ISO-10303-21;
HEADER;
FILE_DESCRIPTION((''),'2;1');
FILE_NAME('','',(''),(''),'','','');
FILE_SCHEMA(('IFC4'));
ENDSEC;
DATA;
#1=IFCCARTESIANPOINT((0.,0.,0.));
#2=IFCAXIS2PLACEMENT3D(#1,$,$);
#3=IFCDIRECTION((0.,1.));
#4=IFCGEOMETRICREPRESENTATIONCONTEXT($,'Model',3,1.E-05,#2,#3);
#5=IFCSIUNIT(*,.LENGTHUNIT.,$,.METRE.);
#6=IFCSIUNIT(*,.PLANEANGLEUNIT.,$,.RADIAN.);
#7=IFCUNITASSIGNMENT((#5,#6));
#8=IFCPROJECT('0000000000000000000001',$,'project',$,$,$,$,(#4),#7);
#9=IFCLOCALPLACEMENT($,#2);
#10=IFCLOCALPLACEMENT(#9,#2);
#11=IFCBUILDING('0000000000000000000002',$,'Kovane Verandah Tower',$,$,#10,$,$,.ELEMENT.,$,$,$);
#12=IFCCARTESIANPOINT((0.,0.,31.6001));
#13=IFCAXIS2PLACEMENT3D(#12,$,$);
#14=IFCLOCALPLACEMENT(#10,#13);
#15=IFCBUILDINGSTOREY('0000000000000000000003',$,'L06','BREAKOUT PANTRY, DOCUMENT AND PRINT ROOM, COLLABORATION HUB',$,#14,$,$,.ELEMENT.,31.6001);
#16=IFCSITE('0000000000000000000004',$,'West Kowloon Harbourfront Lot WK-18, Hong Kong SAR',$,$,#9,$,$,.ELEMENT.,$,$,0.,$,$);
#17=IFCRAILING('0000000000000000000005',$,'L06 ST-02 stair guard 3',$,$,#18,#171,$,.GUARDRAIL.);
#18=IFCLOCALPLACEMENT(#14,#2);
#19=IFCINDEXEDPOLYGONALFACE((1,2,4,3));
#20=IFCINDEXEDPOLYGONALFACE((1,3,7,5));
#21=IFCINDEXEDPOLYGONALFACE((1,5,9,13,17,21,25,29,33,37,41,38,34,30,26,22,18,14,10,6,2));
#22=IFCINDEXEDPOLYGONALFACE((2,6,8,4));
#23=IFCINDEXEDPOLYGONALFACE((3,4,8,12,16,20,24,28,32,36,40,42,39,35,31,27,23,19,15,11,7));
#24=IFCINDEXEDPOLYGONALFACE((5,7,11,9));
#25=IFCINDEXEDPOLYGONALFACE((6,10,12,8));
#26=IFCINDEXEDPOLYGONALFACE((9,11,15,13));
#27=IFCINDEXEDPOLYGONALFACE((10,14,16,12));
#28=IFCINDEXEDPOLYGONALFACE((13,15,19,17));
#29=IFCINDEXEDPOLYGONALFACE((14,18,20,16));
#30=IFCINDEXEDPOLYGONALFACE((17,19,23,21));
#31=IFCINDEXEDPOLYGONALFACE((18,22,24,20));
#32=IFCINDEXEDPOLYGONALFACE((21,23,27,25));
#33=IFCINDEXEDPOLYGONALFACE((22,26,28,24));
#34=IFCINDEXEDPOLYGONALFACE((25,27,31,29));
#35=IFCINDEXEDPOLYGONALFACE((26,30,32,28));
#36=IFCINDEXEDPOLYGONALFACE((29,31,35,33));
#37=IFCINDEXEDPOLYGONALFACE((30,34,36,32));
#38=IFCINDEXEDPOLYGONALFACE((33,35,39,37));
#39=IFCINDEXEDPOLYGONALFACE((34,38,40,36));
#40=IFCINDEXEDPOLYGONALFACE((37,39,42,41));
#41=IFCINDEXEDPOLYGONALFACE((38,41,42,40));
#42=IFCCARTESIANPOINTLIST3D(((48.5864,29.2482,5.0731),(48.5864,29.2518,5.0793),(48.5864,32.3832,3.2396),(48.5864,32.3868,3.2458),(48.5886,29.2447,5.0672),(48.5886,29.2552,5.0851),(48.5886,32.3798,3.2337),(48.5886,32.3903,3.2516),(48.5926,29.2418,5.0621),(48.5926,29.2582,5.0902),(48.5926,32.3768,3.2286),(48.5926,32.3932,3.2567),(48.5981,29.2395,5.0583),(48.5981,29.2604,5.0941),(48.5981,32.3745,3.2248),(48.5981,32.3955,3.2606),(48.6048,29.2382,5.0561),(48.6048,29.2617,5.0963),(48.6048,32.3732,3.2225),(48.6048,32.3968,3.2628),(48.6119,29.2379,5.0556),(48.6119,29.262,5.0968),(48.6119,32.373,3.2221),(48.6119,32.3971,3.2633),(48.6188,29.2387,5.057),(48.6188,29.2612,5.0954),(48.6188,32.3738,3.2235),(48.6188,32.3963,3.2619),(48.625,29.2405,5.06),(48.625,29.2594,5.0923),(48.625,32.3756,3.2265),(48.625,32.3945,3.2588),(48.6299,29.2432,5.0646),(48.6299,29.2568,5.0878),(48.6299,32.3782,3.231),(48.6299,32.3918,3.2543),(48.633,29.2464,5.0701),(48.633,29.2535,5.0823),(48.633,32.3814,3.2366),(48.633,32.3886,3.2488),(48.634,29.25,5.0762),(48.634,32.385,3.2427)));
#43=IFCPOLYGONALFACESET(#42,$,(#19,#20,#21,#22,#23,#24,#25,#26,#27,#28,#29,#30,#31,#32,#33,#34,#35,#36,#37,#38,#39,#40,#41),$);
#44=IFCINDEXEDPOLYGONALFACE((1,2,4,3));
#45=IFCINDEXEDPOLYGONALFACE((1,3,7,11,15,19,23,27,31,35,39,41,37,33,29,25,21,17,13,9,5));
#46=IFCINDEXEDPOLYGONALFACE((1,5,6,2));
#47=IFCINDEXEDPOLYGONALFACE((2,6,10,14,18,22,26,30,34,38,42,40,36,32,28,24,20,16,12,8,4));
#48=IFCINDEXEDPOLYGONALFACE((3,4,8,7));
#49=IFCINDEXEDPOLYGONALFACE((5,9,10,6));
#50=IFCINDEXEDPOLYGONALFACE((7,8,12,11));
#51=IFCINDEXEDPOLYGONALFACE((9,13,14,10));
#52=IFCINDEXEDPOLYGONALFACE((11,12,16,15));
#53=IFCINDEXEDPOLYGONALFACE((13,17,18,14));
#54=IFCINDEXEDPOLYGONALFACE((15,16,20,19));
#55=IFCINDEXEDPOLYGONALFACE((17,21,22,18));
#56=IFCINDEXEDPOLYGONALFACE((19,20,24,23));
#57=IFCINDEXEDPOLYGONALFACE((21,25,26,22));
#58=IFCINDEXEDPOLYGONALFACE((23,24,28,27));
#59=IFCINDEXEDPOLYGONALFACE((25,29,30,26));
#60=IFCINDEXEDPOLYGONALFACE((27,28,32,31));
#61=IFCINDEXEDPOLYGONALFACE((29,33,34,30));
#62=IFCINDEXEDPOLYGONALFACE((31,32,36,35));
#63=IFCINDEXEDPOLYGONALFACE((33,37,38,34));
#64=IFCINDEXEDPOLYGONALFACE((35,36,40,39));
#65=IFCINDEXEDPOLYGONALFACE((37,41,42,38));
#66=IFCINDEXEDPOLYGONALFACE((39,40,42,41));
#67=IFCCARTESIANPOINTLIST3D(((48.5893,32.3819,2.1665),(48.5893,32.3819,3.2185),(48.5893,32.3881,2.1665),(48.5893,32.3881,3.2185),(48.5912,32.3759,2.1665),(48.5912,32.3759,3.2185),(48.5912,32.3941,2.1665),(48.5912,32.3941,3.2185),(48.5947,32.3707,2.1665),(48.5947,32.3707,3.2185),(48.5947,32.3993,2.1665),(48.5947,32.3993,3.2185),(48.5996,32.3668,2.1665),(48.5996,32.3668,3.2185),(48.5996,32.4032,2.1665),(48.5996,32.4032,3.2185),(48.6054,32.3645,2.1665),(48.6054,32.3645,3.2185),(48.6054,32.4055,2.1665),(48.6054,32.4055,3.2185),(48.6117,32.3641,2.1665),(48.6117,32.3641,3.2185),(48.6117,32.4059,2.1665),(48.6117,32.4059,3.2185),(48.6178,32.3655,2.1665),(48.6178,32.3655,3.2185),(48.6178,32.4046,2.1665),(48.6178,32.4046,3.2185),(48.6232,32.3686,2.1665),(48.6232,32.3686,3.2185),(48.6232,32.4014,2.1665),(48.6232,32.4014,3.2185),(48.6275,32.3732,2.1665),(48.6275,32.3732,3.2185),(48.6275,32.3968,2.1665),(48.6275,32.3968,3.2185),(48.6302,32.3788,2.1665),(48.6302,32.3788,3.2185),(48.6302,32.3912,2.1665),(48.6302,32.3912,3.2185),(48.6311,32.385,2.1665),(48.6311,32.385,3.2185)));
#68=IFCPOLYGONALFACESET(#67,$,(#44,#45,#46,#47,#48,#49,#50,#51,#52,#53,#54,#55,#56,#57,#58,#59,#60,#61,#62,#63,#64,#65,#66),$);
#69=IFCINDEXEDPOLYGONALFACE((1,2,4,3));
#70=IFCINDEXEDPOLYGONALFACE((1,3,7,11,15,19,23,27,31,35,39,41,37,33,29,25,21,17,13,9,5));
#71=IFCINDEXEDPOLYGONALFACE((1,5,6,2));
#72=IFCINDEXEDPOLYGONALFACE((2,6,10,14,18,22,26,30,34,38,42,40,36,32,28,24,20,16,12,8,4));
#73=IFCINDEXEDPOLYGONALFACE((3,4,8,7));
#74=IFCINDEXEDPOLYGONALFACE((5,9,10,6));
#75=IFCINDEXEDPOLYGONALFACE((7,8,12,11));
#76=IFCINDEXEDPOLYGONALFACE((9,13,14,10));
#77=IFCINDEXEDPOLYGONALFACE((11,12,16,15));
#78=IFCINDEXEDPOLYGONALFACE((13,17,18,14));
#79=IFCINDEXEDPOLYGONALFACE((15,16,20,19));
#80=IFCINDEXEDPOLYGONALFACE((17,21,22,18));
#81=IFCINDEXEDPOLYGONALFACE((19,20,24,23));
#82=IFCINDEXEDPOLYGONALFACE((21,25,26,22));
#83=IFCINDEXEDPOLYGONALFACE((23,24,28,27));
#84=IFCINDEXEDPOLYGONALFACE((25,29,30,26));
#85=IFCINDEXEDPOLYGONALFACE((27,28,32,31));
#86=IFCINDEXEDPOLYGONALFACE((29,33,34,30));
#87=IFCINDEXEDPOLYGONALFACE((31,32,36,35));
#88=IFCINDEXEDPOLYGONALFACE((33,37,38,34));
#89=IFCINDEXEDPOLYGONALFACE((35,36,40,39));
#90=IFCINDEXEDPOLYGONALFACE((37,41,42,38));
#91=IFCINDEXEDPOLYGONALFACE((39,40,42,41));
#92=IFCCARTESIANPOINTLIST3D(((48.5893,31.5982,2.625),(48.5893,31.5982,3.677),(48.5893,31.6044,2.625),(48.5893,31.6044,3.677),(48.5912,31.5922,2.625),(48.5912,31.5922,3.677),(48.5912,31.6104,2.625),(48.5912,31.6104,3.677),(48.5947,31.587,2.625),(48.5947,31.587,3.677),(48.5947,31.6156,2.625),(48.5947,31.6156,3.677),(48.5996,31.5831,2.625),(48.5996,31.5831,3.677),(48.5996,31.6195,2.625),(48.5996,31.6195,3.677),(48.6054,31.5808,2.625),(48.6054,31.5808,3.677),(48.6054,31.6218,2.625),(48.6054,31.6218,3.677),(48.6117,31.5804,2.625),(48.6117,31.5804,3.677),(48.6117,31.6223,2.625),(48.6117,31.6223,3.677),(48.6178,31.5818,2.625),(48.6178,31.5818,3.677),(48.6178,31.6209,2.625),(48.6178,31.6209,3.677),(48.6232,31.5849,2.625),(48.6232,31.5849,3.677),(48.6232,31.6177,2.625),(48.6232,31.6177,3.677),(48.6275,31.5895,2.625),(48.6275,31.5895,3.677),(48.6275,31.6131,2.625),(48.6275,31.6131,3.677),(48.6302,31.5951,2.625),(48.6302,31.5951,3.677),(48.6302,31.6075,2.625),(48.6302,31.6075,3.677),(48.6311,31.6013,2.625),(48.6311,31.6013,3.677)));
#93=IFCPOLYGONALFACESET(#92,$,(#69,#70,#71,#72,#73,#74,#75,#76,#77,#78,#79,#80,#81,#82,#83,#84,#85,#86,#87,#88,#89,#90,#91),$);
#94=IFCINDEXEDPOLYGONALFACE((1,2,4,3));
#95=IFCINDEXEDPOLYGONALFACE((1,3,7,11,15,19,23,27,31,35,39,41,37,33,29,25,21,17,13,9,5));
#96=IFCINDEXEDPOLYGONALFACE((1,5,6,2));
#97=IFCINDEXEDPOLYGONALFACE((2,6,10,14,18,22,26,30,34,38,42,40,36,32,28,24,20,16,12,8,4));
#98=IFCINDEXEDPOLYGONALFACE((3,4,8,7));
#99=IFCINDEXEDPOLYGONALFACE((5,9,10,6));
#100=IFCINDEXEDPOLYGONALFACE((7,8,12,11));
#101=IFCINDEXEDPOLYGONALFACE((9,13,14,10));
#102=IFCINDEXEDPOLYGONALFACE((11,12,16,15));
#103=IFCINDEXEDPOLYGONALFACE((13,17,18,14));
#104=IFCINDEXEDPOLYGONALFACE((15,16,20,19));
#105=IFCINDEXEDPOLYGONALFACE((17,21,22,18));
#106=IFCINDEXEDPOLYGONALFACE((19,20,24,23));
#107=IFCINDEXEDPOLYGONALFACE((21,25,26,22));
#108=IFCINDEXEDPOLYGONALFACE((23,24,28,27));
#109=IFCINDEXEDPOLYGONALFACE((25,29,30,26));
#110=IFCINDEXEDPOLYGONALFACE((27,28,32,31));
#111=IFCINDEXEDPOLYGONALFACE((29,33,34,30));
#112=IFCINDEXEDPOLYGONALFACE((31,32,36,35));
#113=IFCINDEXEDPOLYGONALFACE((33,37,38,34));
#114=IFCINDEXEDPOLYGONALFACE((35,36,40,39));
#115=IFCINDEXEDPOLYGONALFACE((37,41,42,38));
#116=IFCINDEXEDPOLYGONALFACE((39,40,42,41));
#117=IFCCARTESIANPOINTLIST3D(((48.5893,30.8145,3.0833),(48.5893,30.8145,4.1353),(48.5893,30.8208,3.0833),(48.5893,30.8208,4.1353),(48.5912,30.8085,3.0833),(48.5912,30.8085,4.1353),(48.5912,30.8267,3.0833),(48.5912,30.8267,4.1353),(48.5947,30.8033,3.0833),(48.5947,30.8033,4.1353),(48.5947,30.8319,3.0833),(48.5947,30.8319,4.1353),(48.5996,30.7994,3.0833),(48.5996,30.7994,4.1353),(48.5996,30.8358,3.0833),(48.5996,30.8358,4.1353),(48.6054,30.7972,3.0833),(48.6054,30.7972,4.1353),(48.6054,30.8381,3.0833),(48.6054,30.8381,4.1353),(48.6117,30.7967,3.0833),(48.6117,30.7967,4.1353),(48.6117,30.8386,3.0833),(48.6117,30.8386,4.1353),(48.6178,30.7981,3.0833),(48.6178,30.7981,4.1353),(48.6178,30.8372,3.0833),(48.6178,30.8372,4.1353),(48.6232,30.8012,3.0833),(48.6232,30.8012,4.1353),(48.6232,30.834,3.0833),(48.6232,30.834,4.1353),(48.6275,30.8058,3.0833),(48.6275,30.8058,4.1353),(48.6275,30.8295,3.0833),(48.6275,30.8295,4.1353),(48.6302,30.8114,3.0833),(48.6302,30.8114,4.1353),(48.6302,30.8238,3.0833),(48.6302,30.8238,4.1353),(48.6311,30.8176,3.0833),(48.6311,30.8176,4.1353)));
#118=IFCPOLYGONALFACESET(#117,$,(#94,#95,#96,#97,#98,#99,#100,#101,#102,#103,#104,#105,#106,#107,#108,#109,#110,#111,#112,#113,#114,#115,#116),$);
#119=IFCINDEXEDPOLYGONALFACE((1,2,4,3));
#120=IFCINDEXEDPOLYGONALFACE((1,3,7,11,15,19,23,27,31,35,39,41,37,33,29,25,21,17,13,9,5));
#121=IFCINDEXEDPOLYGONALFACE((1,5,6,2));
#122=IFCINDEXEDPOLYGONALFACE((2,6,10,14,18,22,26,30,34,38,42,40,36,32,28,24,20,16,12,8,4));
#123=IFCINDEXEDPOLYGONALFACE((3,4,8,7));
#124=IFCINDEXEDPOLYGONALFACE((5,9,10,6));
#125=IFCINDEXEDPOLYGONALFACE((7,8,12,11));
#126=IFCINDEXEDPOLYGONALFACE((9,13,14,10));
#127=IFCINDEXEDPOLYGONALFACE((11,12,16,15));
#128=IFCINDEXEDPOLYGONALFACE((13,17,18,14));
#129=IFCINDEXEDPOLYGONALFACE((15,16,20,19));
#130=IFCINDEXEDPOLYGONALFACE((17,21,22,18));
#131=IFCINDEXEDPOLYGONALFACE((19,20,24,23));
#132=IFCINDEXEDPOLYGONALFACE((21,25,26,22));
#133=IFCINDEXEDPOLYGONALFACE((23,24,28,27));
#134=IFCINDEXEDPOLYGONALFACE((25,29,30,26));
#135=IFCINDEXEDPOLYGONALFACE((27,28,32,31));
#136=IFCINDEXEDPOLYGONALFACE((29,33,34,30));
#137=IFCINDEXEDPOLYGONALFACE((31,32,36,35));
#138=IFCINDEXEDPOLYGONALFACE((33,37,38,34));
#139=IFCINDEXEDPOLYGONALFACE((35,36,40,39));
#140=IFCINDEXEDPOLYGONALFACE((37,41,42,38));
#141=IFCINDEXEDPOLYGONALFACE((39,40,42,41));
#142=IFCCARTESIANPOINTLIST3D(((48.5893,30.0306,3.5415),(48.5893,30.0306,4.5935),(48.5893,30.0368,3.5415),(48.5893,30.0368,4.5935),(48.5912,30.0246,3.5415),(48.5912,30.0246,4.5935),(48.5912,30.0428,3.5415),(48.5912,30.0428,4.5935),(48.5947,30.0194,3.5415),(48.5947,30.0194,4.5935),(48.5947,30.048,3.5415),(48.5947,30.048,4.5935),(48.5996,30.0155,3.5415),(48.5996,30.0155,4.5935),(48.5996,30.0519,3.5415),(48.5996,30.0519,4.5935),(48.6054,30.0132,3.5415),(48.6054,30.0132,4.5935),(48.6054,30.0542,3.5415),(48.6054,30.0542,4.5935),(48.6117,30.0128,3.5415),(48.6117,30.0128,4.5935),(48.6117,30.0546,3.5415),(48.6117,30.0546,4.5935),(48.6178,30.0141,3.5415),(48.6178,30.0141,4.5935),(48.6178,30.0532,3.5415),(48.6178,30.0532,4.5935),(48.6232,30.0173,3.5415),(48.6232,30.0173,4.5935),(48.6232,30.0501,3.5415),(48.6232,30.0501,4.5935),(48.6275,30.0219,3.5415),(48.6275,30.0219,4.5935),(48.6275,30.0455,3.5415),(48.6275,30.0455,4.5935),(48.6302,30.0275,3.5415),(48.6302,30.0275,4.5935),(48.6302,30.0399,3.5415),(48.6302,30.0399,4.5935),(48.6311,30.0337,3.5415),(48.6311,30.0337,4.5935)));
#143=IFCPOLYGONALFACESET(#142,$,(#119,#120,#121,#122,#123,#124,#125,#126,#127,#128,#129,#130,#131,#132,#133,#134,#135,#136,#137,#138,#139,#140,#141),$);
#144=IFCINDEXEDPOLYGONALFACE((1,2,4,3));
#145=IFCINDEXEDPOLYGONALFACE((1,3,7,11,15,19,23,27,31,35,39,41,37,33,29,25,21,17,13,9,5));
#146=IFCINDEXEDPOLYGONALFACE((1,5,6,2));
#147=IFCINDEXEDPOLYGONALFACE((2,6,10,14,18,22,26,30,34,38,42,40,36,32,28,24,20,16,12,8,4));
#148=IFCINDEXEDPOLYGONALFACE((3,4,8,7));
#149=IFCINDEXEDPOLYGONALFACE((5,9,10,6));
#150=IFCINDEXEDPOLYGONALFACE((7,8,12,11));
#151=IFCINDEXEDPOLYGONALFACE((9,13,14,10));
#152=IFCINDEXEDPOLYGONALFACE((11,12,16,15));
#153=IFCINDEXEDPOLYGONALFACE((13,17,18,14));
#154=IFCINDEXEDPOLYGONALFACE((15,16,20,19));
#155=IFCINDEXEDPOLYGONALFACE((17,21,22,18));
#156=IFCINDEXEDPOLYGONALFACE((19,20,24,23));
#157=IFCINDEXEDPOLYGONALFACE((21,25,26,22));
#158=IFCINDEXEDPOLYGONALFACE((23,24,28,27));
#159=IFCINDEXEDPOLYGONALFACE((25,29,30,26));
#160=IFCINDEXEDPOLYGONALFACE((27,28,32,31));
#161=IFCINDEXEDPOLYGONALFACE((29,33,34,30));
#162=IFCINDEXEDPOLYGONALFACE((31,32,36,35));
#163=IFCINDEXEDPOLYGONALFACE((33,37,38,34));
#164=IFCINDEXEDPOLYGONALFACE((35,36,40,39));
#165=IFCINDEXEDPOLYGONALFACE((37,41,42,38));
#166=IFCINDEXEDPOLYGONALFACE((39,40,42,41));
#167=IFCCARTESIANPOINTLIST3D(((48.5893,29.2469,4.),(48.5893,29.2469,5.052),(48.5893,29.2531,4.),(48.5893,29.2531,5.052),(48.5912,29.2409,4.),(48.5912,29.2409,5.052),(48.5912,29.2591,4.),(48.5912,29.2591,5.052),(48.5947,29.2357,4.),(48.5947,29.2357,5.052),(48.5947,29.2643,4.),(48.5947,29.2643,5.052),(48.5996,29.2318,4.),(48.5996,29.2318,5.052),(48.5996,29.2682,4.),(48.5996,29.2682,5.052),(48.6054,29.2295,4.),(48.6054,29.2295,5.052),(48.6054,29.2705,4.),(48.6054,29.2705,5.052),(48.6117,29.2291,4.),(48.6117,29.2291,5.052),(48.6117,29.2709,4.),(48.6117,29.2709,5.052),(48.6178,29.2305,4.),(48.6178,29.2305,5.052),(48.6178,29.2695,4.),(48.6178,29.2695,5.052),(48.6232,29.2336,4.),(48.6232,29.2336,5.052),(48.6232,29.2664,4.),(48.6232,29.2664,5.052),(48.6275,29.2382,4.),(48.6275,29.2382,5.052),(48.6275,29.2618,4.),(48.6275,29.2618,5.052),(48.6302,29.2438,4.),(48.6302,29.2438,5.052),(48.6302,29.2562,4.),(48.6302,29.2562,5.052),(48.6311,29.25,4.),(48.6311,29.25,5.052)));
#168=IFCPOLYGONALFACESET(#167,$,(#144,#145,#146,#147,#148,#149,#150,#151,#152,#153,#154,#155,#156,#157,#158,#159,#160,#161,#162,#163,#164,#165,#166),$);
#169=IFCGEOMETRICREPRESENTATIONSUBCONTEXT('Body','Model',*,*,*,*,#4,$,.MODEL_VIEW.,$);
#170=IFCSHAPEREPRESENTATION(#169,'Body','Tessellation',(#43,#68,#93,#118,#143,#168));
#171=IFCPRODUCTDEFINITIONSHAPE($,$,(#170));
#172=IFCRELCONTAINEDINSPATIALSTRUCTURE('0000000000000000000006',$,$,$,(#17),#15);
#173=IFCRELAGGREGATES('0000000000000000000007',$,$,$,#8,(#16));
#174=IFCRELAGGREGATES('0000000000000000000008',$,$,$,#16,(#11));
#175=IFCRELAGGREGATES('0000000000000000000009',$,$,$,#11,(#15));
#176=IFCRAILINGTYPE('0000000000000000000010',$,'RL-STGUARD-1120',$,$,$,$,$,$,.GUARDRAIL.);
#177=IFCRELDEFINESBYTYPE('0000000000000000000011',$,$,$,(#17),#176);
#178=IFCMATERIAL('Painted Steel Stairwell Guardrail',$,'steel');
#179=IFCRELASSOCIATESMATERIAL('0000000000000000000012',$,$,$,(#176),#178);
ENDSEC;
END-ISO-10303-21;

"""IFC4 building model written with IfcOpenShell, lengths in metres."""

from ifc_helpers import new_model, si_unit, direction, frame, origin, origin_2d, place, context, subcontext, project, spatial, circle, extrude, material, type_object, element, save


model = new_model("IFC4")

# Units and contexts
model_context = context("Model", 3, precision=1e-05, world=origin(), true_north=direction((0.0, 1.0)))
body_context = subcontext(model_context, "Body", "Model", "MODEL_VIEW")
ifc_project = project(units=[si_unit("LENGTHUNIT", "METRE"), si_unit("PLANEANGLEUNIT", "RADIAN")], contexts=[model_context])

# Site, building, storey
site_placement = place(None, origin())
site = spatial("IfcSite", under=ifc_project, at=site_placement, Name="West Kowloon Harbourfront Lot WK-18, Hong Kong SAR", CompositionType="ELEMENT", RefElevation=0.0)
building_placement = place(site_placement, origin())
building = spatial("IfcBuilding", under=site, at=building_placement, Name="Kovane Verandah Tower", CompositionType="ELEMENT")
storey_placement = place(building_placement, frame((0.0, 0.0, 31.6001)))
storey = spatial("IfcBuildingStorey", under=building, at=storey_placement, Name="L06", Description="BREAKOUT PANTRY, DOCUMENT AND PRINT ROOM, COLLABORATION HUB", CompositionType="ELEMENT", Elevation=31.6001)

# Railing
ifc_material_1 = material(Name="Painted Steel Stairwell Guardrail", Category="steel")
railing_type_1 = type_object("IfcRailingType", Name="RL-STGUARD-1120", PredefinedType="GUARDRAIL", material=ifc_material_1)
railing_1_placement = place(storey_placement, frame((48.6101, 32.385, 2.1665)))
element("IfcRailing", 1, at=railing_1_placement, inside=storey, type_object=railing_type_1, Name="L06 ST-02 stair guard 3", PredefinedType="GUARDRAIL", context=body_context, shape_type="SweptSolid", body=[
    extrude(circle(Radius=0.0239, at=origin_2d()), frame((0.0, 0.0, 1.0762), z_axis=(0.0, -0.86321, 0.504845), x_axis=(1.0, 0.0, 0.0)), (0.0, 0.0, 1.0), 3.6318),
    extrude(circle(Radius=0.021, at=origin_2d()), origin(), (0.0, 0.0, 1.0), 1.052),
    extrude(circle(Radius=0.021, at=origin_2d()), frame((0.0, -0.7837, 0.4585)), (0.0, 0.0, 1.0), 1.052),
    extrude(circle(Radius=0.021, at=origin_2d()), frame((0.0, -1.5674, 0.9167)), (0.0, 0.0, 1.0), 1.052),
    extrude(circle(Radius=0.021, at=origin_2d()), frame((0.0, -2.3513, 1.375)), (0.0, 0.0, 1.0), 1.052),
    extrude(circle(Radius=0.021, at=origin_2d()), frame((0.0, -3.135, 1.8335)), (0.0, 0.0, 1.0), 1.052),
])

save(model, "model.ifc")
